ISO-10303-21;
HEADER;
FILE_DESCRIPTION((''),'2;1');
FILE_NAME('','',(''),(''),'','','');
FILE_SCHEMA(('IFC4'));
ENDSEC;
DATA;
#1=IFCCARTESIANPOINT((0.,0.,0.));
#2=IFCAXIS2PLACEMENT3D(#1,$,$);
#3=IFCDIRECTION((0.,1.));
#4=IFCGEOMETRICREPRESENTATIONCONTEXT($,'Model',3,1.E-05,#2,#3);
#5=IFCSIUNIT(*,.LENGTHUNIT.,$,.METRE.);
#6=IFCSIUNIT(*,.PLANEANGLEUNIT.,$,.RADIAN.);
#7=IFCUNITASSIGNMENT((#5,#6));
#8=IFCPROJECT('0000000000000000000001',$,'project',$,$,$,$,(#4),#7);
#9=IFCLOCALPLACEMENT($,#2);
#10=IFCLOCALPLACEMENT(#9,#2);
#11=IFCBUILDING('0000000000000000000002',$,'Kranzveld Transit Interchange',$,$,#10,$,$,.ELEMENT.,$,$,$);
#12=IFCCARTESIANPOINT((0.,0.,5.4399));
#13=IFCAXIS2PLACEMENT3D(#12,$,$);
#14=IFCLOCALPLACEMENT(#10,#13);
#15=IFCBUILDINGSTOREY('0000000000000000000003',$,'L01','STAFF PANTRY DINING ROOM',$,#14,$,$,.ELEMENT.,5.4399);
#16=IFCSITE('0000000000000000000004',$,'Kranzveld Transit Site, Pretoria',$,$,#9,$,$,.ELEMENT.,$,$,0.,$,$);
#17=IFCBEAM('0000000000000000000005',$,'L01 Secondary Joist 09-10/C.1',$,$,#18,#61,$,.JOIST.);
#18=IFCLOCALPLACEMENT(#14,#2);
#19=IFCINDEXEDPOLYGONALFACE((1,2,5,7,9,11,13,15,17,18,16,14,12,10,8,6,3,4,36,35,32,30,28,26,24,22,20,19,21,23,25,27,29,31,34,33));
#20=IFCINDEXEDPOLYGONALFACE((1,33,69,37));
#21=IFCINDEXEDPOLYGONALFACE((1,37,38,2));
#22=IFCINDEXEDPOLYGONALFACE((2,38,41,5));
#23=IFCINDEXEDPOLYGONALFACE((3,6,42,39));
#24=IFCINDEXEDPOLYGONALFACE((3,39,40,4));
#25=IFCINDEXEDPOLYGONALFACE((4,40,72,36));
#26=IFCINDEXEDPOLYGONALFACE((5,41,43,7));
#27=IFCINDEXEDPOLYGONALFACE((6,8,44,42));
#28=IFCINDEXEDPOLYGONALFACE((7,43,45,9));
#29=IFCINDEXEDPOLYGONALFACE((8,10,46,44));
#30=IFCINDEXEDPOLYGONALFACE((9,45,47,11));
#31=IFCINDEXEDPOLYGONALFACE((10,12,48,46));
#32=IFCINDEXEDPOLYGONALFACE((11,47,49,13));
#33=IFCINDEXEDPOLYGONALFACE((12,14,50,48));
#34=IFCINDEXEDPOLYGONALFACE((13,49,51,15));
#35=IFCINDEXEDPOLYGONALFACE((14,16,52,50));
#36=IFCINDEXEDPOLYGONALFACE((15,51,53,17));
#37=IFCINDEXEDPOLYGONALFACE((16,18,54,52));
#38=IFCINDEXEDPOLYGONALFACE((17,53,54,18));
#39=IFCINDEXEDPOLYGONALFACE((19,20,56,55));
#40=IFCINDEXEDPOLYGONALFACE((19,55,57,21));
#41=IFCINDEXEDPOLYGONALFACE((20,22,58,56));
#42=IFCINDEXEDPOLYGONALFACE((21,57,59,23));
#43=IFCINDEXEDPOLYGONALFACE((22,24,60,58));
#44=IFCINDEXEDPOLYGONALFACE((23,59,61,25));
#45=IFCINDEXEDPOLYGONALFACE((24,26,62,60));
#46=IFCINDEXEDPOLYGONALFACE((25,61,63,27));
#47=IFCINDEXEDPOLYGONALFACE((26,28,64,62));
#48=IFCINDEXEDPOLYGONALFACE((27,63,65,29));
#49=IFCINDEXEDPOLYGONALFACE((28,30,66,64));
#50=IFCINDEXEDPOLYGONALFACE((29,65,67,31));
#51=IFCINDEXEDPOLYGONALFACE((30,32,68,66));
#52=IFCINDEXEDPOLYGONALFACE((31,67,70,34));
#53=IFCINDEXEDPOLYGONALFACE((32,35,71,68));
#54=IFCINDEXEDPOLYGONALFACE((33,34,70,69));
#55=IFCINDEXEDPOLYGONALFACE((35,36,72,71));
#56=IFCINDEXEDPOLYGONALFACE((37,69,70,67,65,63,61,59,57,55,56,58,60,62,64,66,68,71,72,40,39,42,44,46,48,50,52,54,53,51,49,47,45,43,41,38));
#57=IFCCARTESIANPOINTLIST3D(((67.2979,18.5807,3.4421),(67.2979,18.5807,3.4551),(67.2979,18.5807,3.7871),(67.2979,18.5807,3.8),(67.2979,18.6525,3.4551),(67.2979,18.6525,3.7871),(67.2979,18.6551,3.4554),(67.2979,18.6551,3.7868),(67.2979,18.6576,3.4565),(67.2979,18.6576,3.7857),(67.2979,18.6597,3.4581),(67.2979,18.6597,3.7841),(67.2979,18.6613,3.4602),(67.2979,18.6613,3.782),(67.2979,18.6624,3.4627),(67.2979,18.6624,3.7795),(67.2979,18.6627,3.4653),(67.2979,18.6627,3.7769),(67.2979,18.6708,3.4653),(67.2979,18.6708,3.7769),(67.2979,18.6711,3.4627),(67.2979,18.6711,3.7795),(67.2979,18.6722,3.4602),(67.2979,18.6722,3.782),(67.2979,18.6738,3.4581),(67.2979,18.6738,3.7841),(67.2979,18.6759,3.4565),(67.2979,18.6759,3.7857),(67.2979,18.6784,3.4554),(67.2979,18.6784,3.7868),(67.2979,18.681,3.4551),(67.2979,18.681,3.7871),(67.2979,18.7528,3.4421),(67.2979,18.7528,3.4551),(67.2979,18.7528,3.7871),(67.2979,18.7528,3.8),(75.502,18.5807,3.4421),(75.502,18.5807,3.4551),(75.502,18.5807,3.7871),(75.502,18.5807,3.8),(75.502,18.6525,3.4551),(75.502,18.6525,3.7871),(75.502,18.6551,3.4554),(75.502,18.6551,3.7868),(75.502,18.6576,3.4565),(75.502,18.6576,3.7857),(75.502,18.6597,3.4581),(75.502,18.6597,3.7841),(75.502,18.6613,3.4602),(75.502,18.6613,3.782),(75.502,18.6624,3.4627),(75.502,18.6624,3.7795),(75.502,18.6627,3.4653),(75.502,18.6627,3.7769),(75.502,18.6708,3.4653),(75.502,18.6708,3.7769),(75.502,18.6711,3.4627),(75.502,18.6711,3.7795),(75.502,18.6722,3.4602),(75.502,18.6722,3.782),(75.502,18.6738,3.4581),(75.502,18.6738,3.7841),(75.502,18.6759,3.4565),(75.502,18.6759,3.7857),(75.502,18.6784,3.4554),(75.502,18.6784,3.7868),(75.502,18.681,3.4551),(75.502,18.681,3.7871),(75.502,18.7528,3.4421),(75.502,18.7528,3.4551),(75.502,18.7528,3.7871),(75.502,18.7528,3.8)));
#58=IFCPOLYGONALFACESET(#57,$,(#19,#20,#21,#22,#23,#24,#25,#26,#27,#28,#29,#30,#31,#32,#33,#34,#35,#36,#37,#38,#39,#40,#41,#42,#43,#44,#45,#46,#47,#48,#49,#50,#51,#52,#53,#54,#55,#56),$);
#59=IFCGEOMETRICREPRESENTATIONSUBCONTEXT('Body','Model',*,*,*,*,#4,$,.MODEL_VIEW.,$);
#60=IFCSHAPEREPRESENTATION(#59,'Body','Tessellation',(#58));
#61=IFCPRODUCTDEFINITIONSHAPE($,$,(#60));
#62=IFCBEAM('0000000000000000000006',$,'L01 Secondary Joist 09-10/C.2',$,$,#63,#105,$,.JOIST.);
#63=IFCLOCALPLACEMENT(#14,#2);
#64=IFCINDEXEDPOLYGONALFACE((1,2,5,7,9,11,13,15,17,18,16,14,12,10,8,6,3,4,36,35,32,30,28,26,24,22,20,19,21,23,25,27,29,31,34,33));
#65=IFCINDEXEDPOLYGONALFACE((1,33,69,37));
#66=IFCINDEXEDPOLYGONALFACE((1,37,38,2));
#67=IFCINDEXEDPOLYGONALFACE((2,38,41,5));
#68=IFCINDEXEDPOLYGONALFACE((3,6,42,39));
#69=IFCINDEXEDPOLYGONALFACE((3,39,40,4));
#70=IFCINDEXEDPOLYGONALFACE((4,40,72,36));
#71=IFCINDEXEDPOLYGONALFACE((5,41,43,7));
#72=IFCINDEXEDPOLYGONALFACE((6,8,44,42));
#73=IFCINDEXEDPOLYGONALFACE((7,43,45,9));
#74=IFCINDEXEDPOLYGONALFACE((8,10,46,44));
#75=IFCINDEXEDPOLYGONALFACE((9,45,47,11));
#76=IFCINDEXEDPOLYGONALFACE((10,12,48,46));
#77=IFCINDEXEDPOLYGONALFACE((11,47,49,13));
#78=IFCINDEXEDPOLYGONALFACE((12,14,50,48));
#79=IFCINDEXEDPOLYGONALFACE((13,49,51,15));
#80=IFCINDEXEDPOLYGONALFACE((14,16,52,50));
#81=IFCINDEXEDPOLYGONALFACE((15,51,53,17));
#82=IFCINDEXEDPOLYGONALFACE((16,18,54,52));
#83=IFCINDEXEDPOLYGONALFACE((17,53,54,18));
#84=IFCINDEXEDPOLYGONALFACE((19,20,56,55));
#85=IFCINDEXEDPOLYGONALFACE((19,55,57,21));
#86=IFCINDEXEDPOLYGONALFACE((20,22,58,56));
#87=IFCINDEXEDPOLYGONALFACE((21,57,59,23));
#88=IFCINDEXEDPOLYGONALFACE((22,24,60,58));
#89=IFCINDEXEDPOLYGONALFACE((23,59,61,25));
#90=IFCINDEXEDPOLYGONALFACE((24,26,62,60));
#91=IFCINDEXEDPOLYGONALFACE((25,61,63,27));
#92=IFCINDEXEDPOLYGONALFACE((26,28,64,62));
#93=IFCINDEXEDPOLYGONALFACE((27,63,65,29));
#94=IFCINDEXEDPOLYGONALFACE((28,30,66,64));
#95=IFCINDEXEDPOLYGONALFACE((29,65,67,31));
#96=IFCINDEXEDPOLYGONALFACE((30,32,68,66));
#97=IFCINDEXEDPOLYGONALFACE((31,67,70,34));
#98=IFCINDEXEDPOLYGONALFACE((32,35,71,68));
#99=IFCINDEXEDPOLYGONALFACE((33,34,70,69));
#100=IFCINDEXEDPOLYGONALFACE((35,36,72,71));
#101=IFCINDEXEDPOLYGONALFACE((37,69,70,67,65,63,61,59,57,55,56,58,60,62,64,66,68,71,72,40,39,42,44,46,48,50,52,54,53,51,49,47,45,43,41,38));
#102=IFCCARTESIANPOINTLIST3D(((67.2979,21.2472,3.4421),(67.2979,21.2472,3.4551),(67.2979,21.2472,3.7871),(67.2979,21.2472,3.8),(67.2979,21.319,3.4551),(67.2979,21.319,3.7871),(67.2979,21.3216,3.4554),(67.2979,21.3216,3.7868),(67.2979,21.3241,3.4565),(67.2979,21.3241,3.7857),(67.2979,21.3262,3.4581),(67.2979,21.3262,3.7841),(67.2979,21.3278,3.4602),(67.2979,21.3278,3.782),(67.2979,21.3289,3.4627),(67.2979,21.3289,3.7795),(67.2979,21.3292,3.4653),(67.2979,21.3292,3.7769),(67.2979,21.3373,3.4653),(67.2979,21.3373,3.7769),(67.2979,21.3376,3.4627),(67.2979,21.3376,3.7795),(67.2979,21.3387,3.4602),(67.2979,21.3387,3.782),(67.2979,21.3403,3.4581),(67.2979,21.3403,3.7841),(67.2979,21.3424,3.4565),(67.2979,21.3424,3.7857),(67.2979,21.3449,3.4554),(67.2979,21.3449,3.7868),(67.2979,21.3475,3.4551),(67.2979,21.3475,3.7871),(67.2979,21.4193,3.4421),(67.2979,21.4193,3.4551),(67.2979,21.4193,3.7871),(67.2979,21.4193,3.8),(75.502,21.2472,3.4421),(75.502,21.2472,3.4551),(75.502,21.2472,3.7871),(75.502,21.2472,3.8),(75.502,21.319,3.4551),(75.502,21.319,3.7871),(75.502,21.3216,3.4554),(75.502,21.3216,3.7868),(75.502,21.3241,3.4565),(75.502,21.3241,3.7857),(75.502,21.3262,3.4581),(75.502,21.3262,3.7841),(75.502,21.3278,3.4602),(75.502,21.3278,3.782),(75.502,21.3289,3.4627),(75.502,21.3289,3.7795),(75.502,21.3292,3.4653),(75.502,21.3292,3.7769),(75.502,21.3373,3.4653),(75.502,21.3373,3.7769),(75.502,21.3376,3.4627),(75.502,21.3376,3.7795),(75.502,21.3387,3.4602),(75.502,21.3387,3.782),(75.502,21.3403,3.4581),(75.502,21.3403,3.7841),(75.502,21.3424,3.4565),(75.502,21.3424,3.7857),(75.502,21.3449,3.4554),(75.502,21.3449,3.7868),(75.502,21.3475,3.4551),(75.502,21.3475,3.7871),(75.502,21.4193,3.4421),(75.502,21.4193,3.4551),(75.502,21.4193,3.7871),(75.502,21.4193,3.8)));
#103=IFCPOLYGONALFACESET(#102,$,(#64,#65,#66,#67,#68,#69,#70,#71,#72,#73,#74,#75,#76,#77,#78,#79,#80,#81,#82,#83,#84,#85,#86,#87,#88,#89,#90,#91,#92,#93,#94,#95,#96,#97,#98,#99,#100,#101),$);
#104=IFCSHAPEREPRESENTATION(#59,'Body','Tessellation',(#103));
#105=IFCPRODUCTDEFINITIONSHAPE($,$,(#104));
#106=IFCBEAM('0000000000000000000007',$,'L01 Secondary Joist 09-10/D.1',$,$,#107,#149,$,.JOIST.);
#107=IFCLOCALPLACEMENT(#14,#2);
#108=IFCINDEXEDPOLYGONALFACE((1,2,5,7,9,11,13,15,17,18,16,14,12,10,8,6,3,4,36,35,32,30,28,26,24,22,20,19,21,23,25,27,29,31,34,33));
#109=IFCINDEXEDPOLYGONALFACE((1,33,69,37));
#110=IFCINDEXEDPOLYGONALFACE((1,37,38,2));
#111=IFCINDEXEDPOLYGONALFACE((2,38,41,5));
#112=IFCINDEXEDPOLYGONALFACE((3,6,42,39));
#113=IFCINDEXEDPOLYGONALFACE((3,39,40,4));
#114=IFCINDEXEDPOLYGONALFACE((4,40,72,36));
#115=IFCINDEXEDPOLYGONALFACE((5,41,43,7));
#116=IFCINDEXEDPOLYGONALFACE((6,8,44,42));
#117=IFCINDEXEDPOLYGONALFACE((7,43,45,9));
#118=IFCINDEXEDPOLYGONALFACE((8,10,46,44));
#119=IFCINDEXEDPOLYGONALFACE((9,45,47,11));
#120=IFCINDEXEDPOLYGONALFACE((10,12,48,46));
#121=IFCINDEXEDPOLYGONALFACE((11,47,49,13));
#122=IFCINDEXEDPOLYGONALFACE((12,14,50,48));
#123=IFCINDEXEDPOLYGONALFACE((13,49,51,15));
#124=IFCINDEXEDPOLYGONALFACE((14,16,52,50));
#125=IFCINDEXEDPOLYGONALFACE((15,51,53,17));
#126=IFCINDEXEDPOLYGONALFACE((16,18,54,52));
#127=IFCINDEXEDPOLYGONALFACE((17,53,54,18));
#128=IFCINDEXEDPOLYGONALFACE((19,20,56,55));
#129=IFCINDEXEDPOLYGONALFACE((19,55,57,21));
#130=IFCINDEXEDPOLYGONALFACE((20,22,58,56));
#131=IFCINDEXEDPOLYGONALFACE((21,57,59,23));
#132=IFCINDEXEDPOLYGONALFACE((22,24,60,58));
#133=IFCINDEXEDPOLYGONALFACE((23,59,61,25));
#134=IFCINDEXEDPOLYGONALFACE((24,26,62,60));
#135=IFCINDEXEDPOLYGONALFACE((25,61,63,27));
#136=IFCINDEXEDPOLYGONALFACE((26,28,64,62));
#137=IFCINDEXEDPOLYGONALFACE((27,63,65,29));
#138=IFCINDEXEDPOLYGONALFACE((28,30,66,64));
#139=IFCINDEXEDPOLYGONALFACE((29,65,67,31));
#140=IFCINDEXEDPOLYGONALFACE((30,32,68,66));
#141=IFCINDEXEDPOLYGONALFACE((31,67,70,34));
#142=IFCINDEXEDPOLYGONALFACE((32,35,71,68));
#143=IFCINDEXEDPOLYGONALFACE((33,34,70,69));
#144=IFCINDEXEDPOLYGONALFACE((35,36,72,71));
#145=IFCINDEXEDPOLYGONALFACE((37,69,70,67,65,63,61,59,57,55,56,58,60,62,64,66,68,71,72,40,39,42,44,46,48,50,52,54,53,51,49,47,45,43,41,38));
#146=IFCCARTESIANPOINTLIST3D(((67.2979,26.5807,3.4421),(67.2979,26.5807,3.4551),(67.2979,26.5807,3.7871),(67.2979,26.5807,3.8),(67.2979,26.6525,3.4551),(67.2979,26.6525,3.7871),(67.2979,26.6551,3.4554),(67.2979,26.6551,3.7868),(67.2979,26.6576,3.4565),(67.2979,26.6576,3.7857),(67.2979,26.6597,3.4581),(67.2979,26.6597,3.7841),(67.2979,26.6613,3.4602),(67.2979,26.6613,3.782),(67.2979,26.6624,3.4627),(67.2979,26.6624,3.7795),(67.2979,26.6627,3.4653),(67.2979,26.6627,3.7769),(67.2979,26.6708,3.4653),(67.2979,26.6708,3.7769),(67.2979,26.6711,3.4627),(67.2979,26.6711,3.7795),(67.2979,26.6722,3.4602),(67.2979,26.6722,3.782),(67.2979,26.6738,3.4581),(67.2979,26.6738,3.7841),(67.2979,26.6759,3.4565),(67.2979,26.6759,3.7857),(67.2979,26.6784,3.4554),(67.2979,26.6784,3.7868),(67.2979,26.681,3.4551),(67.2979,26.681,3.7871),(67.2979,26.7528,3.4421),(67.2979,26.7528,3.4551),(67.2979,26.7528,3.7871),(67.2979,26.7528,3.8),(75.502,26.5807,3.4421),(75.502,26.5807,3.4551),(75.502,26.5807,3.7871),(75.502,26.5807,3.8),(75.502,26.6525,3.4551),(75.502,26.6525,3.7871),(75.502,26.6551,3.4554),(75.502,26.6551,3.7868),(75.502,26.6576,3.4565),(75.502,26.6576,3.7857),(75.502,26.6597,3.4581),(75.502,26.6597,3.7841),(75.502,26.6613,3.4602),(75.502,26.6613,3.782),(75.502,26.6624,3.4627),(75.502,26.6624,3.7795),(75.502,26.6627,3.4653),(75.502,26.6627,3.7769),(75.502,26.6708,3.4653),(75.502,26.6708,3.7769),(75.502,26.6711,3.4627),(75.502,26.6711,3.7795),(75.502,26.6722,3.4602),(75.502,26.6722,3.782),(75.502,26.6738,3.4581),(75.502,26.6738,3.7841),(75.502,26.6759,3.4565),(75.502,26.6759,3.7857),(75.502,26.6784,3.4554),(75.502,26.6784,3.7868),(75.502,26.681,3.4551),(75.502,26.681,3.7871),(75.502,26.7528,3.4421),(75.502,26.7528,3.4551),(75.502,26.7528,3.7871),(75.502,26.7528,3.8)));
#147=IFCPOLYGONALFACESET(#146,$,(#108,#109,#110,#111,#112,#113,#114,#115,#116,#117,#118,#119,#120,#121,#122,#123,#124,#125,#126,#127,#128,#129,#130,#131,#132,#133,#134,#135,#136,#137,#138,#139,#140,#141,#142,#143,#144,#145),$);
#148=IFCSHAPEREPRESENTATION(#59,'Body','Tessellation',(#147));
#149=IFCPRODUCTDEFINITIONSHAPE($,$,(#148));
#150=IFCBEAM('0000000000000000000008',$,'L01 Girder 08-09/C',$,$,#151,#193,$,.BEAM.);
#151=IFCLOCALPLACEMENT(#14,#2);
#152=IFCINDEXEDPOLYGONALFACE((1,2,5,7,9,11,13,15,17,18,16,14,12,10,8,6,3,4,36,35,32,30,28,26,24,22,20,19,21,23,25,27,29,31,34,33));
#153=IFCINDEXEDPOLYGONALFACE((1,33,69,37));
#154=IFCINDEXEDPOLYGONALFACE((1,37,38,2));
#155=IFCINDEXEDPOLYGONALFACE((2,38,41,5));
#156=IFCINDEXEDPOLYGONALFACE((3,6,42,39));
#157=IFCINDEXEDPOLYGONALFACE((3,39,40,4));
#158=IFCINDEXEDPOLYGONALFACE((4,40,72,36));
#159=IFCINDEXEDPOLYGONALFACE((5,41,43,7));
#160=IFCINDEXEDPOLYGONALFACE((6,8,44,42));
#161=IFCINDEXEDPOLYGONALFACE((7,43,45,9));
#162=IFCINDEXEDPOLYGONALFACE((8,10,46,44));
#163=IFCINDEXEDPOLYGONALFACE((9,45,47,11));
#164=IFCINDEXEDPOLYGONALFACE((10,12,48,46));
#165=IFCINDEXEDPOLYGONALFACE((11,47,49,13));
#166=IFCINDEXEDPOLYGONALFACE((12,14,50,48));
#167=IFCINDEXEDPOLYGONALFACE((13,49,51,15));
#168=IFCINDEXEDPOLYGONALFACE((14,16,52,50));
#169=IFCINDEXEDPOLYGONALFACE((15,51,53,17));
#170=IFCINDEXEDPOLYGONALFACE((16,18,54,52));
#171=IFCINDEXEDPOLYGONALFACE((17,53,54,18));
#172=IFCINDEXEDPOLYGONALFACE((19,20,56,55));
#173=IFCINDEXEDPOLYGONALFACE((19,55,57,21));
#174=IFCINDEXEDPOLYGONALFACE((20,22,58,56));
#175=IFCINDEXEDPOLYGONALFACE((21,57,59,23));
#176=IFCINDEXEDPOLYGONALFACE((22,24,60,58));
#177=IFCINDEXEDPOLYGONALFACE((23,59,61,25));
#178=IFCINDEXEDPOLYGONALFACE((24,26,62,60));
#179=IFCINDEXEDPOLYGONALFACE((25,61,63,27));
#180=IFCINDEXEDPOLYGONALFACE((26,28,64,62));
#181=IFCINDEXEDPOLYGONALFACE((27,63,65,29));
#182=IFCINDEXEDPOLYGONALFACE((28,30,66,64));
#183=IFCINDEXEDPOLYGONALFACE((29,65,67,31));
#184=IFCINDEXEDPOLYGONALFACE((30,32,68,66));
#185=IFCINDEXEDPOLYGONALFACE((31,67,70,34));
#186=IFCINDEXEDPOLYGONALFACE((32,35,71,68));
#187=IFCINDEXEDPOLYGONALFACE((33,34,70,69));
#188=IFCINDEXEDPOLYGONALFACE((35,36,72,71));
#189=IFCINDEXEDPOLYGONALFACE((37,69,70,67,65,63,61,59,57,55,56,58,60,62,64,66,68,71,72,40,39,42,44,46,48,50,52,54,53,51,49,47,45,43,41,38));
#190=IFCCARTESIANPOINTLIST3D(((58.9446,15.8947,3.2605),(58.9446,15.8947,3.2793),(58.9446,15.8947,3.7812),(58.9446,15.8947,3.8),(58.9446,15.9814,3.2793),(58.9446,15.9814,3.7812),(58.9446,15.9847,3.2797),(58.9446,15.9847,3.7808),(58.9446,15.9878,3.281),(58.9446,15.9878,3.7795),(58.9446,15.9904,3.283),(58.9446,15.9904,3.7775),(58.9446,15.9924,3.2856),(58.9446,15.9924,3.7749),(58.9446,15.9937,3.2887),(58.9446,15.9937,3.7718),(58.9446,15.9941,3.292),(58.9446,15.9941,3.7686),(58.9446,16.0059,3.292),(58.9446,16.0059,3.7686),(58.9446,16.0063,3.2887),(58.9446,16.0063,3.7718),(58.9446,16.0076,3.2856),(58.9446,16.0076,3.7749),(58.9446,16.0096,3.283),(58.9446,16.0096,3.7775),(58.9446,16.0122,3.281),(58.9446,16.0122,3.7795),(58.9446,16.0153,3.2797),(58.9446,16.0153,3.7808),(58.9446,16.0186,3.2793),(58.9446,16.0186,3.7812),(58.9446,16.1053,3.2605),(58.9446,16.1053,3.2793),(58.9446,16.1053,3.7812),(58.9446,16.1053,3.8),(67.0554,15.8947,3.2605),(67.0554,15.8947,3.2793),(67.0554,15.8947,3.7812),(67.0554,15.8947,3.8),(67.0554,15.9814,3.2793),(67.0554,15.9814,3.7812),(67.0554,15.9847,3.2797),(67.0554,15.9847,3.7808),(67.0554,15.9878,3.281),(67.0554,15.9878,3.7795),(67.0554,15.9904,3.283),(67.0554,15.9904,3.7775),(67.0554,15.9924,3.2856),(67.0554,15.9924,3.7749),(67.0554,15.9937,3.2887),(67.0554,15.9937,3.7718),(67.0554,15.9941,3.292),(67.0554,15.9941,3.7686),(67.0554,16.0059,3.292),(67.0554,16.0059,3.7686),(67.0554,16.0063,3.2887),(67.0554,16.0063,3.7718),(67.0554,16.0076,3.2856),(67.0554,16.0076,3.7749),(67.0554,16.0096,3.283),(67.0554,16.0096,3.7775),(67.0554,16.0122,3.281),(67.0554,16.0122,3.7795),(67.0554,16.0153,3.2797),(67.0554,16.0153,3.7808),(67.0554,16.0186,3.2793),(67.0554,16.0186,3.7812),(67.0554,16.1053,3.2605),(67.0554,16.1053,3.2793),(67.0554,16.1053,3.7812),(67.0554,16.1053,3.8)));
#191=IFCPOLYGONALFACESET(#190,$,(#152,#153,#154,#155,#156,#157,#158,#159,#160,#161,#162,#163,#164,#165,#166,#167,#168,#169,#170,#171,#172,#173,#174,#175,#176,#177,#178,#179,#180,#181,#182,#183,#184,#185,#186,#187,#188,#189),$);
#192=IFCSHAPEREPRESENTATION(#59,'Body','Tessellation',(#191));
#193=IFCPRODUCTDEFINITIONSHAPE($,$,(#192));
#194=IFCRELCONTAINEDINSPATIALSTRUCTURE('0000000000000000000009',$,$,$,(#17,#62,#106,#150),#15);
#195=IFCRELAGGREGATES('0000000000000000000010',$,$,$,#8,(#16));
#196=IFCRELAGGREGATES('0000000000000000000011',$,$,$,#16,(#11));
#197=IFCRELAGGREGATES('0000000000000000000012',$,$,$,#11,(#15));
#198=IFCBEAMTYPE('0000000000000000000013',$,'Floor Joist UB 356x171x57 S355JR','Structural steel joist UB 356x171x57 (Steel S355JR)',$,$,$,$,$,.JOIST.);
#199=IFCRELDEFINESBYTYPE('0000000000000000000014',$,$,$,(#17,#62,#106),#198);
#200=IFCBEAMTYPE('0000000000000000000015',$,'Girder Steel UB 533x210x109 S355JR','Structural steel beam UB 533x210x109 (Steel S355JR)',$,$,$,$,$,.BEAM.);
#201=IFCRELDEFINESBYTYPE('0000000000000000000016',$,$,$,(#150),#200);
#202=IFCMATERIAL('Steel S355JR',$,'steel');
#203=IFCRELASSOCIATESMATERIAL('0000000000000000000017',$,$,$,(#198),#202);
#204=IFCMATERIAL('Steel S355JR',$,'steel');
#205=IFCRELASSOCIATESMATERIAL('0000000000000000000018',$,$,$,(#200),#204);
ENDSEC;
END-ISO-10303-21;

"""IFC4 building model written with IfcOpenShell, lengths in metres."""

from ifc_helpers import new_model, si_unit, direction, frame, origin, origin_2d, place, context, subcontext, project, spatial, i_section, extrude, material, material_profile, profile_set, type_object, element, save


model = new_model("IFC4")

# Units and contexts
model_context = context("Model", 3, precision=1e-05, world=origin(), true_north=direction((0.0, 1.0)))
body_context = subcontext(model_context, "Body", "Model", "MODEL_VIEW")
ifc_project = project(units=[si_unit("LENGTHUNIT", "METRE"), si_unit("PLANEANGLEUNIT", "RADIAN")], contexts=[model_context])

# Site, building, storey
site_placement = place(None, origin())
site = spatial("IfcSite", under=ifc_project, at=site_placement, Name="Kranzveld Transit Site, Pretoria", CompositionType="ELEMENT", RefElevation=0.0)
building_placement = place(site_placement, origin())
building = spatial("IfcBuilding", under=site, at=building_placement, Name="Kranzveld Transit Interchange", CompositionType="ELEMENT")
storey_placement = place(building_placement, frame((0.0, 0.0, 5.4399)))
storey = spatial("IfcBuildingStorey", under=building, at=storey_placement, Name="L01", Description="STAFF PANTRY DINING ROOM", CompositionType="ELEMENT", Elevation=5.4399)

# Beams
ifc_material_1 = material(Name="Steel S355JR", Category="steel")
ifc_material_profile_1 = material_profile(ifc_material_1, i_section(OverallWidth=0.1721, OverallDepth=0.3579, WebThickness=0.0081, FlangeThickness=0.0129, FilletRadius=0.0103, at=origin_2d()), Name="UB 356x171x57")
ifc_profile_set_1 = profile_set([ifc_material_profile_1], Name="Steel S355JR")
beam_type_1 = type_object("IfcBeamType", Name="Floor Joist UB 356x171x57 S355JR", Description="Structural steel joist UB 356x171x57 (Steel S355JR)", PredefinedType="JOIST", material=ifc_profile_set_1)
for number, where, z_axis, x_axis, name in (
    (1, (67.2979, 18.6667, 3.6211), (1.0, 0.0, 0.0), (0.0, 1.0, 0.0), "L01 Secondary Joist 09-10/C.1"),
    (2, (67.2979, 21.3333, 3.6211), (1.0, 0.0, 0.0), (0.0, 1.0, 0.0), "L01 Secondary Joist 09-10/C.2"),
    (3, (67.2979, 26.6667, 3.6211), (1.0, 0.0, 0.0), (0.0, 1.0, 0.0), "L01 Secondary Joist 09-10/D.1"),
):
    element("IfcBeam", number, at=place(storey_placement, frame(where, z_axis=z_axis, x_axis=x_axis)), inside=storey, type_object=beam_type_1, Name=name, PredefinedType="JOIST", context=body_context, shape_type="SweptSolid", body=[
        extrude(i_section(OverallWidth=0.1721, OverallDepth=0.3579, WebThickness=0.0081, FlangeThickness=0.0129, FilletRadius=0.0103, at=origin_2d()), origin(), (0.0, 0.0, 1.0), 8.2041),
    ])
ifc_material_2 = material(Name="Steel S355JR", Category="steel")
ifc_material_profile_2 = material_profile(ifc_material_2, i_section(OverallWidth=0.2107, OverallDepth=0.5396, WebThickness=0.0117, FlangeThickness=0.0188, FilletRadius=0.0127, at=origin_2d()), Name="UB 533x210x109")
ifc_profile_set_2 = profile_set([ifc_material_profile_2], Name="Steel S355JR")
beam_type_2 = type_object("IfcBeamType", Name="Girder Steel UB 533x210x109 S355JR", Description="Structural steel beam UB 533x210x109 (Steel S355JR)", PredefinedType="BEAM", material=ifc_profile_set_2)
for number, where, z_axis, x_axis, name in (
    (4, (58.9446, 16.0, 3.5303), (1.0, 0.0, 0.0), (0.0, 1.0, 0.0), "L01 Girder 08-09/C"),
):
    element("IfcBeam", number, at=place(storey_placement, frame(where, z_axis=z_axis, x_axis=x_axis)), inside=storey, type_object=beam_type_2, Name=name, PredefinedType="BEAM", context=body_context, shape_type="SweptSolid", body=[
        extrude(i_section(OverallWidth=0.2107, OverallDepth=0.5396, WebThickness=0.0117, FlangeThickness=0.0188, FilletRadius=0.0127, at=origin_2d()), origin(), (0.0, 0.0, 1.0), 8.1108),
    ])

save(model, "model.ifc")
